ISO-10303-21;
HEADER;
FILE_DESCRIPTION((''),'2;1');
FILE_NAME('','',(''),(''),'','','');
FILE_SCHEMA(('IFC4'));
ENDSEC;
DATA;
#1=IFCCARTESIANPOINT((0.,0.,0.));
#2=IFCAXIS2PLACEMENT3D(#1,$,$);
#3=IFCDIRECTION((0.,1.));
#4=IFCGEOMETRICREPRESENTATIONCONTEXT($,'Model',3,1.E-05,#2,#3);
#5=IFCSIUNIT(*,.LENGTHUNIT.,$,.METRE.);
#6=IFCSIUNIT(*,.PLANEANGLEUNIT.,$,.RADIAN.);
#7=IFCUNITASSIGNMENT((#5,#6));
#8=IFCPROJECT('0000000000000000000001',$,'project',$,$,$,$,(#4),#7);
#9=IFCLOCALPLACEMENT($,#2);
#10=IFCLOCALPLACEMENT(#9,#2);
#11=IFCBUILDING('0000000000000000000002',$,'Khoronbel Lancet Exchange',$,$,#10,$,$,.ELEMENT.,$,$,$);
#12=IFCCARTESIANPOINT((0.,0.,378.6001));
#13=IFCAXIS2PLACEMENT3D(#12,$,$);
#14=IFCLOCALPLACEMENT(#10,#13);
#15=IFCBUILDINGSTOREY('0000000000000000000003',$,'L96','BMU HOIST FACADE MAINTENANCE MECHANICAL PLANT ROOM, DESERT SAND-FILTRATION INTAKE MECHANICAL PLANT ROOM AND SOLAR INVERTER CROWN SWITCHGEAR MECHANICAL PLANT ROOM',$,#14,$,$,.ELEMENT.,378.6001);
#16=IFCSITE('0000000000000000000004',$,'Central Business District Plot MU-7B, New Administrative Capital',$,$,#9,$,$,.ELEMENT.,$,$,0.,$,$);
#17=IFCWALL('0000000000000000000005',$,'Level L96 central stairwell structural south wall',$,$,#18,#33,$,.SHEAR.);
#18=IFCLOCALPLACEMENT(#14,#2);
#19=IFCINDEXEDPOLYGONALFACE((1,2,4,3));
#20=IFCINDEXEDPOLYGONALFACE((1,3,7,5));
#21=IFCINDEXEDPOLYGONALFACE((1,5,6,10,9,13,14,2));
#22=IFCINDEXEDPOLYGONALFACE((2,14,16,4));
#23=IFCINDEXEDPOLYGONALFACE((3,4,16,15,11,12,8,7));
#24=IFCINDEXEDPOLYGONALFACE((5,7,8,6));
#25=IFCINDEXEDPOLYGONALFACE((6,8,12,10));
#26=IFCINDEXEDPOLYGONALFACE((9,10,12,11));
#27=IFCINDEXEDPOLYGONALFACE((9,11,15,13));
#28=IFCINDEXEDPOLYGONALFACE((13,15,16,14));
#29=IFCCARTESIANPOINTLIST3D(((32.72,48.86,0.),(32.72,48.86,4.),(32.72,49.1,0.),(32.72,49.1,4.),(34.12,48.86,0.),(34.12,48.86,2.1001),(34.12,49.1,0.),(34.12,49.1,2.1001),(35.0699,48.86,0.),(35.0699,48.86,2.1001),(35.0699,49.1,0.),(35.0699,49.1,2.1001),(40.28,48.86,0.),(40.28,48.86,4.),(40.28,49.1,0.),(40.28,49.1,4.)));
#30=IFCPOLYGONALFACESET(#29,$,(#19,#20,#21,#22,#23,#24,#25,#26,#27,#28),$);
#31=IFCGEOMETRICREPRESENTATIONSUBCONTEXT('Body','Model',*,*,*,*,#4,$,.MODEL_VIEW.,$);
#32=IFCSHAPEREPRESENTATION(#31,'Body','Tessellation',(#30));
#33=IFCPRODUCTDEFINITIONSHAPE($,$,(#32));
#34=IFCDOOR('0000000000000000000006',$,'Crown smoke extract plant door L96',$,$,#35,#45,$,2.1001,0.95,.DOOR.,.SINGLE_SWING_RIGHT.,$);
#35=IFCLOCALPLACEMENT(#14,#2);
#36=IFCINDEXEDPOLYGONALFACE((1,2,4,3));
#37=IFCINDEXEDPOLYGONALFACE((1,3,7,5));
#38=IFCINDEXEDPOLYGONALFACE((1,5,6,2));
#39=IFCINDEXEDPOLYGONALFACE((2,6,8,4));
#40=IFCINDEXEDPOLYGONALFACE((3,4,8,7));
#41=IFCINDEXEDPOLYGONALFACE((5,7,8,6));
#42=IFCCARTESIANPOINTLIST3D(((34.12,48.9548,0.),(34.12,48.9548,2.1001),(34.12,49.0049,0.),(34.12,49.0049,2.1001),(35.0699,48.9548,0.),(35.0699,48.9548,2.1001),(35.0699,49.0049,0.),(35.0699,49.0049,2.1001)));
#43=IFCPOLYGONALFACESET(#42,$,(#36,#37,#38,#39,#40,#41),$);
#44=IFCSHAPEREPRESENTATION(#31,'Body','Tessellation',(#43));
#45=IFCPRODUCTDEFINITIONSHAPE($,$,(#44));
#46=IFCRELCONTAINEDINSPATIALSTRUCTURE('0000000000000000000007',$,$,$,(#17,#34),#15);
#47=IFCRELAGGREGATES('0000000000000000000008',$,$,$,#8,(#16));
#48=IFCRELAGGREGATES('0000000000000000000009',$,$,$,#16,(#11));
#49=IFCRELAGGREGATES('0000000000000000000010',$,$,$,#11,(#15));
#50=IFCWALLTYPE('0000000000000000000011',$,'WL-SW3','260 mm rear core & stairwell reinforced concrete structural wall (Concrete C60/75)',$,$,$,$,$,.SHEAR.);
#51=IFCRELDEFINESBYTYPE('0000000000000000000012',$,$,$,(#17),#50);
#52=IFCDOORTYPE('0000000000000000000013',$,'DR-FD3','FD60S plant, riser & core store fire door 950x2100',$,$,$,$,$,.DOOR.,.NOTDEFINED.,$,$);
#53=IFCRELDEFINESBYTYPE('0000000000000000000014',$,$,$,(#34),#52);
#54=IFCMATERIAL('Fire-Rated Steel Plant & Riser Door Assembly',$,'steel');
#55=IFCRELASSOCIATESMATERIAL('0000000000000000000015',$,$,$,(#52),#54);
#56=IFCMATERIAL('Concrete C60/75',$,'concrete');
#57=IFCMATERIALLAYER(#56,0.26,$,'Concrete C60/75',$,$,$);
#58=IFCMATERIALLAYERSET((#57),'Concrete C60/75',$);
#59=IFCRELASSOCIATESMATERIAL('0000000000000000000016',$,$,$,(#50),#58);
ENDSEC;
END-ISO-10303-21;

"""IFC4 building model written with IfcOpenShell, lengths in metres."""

from ifc_helpers import new_model, si_unit, direction, frame, frame_2d, origin, place, context, subcontext, project, spatial, rectangle, extrude, material, layer, layer_set, type_object, element, fill, save


model = new_model("IFC4")

# Units and contexts
model_context = context("Model", 3, precision=1e-05, world=origin(), true_north=direction((0.0, 1.0)))
body_context = subcontext(model_context, "Body", "Model", "MODEL_VIEW")
ifc_project = project(units=[si_unit("LENGTHUNIT", "METRE"), si_unit("PLANEANGLEUNIT", "RADIAN")], contexts=[model_context])

# Site, building, storey
site_placement = place(None, origin())
site = spatial("IfcSite", under=ifc_project, at=site_placement, Name="Central Business District Plot MU-7B, New Administrative Capital", CompositionType="ELEMENT", RefElevation=0.0)
building_placement = place(site_placement, origin())
building = spatial("IfcBuilding", under=site, at=building_placement, Name="Khoronbel Lancet Exchange", CompositionType="ELEMENT")
storey_placement = place(building_placement, frame((0.0, 0.0, 378.6001)))
storey = spatial("IfcBuildingStorey", under=building, at=storey_placement, Name="L96", Description="BMU HOIST FACADE MAINTENANCE MECHANICAL PLANT ROOM, DESERT SAND-FILTRATION INTAKE MECHANICAL PLANT ROOM AND SOLAR INVERTER CROWN SWITCHGEAR MECHANICAL PLANT ROOM", CompositionType="ELEMENT", Elevation=378.6001)

# Shared definitions
ifc_material_1 = material(Name="Concrete C60/75", Category="concrete")

# Shared definitions
ifc_material_2 = material(Name="Fire-Rated Steel Plant & Riser Door Assembly", Category="steel")
door_type = type_object("IfcDoorType", Name="DR-FD3", Description="FD60S plant, riser & core store fire door 950x2100", OperationType="NOTDEFINED", PredefinedType="DOOR", material=ifc_material_2)

# Shared definitions
ifc_layer_1 = layer(ifc_material_1, 0.26, Name="Concrete C60/75")
ifc_layer_set_1 = layer_set([ifc_layer_1], Name="Concrete C60/75")
wall_type_1 = type_object("IfcWallType", Name="WL-SW3", Description="260 mm rear core & stairwell reinforced concrete structural wall (Concrete C60/75)", PredefinedType="SHEAR", material=ifc_layer_set_1)

# Wall, opening, door
wall_1_placement = place(storey_placement, frame((32.72, 48.98, 0.0), z_axis=(0.0, 0.0, 1.0), x_axis=(1.0, 0.0, 0.0)))
wall_1 = element("IfcWall", 1, at=wall_1_placement, inside=storey, type_object=wall_type_1, Name="Level L96 central stairwell structural south wall", PredefinedType="SHEAR", context=body_context, shape_type="SweptSolid", body=[
    extrude(rectangle(XDim=7.5601, YDim=0.24, at=frame_2d((3.78, 0.0))), origin(), (0.0, 0.0, 1.0), 4.0),
])
opening_1_placement = place(wall_1_placement, frame((1.3999, 0.0, 0.0)))
opening_1 = element("IfcOpeningElement", 2, at=opening_1_placement, cuts=wall_1, PredefinedType="OPENING", context=body_context, shape_type="SweptSolid", body=[
    extrude(rectangle(XDim=0.95, YDim=2.1001, at=frame_2d((0.4751, 1.05))), frame((0.0, 0.1299, 0.0), z_axis=(0.0, -1.0, 0.0), x_axis=(1.0, 0.0, 0.0)), (0.0, 0.0, 1.0), 0.26),
])
door_1_placement = place(opening_1_placement, origin())
door_1 = element("IfcDoor", 3, at=door_1_placement, inside=storey, type_object=door_type, Name="Crown smoke extract plant door L96", OperationType="SINGLE_SWING_RIGHT", OverallHeight=2.1001, OverallWidth=0.95, PredefinedType="DOOR", context=body_context, shape_type="SweptSolid", body=[
    extrude(rectangle(XDim=0.95, YDim=2.1001, at=frame_2d((0.4751, 1.05))), frame((0.0, 0.0249, 0.0), z_axis=(0.0, -1.0, 0.0), x_axis=(1.0, 0.0, 0.0)), (0.0, 0.0, 1.0), 0.05),
])
fill(opening_1, door_1)

save(model, "model.ifc")
